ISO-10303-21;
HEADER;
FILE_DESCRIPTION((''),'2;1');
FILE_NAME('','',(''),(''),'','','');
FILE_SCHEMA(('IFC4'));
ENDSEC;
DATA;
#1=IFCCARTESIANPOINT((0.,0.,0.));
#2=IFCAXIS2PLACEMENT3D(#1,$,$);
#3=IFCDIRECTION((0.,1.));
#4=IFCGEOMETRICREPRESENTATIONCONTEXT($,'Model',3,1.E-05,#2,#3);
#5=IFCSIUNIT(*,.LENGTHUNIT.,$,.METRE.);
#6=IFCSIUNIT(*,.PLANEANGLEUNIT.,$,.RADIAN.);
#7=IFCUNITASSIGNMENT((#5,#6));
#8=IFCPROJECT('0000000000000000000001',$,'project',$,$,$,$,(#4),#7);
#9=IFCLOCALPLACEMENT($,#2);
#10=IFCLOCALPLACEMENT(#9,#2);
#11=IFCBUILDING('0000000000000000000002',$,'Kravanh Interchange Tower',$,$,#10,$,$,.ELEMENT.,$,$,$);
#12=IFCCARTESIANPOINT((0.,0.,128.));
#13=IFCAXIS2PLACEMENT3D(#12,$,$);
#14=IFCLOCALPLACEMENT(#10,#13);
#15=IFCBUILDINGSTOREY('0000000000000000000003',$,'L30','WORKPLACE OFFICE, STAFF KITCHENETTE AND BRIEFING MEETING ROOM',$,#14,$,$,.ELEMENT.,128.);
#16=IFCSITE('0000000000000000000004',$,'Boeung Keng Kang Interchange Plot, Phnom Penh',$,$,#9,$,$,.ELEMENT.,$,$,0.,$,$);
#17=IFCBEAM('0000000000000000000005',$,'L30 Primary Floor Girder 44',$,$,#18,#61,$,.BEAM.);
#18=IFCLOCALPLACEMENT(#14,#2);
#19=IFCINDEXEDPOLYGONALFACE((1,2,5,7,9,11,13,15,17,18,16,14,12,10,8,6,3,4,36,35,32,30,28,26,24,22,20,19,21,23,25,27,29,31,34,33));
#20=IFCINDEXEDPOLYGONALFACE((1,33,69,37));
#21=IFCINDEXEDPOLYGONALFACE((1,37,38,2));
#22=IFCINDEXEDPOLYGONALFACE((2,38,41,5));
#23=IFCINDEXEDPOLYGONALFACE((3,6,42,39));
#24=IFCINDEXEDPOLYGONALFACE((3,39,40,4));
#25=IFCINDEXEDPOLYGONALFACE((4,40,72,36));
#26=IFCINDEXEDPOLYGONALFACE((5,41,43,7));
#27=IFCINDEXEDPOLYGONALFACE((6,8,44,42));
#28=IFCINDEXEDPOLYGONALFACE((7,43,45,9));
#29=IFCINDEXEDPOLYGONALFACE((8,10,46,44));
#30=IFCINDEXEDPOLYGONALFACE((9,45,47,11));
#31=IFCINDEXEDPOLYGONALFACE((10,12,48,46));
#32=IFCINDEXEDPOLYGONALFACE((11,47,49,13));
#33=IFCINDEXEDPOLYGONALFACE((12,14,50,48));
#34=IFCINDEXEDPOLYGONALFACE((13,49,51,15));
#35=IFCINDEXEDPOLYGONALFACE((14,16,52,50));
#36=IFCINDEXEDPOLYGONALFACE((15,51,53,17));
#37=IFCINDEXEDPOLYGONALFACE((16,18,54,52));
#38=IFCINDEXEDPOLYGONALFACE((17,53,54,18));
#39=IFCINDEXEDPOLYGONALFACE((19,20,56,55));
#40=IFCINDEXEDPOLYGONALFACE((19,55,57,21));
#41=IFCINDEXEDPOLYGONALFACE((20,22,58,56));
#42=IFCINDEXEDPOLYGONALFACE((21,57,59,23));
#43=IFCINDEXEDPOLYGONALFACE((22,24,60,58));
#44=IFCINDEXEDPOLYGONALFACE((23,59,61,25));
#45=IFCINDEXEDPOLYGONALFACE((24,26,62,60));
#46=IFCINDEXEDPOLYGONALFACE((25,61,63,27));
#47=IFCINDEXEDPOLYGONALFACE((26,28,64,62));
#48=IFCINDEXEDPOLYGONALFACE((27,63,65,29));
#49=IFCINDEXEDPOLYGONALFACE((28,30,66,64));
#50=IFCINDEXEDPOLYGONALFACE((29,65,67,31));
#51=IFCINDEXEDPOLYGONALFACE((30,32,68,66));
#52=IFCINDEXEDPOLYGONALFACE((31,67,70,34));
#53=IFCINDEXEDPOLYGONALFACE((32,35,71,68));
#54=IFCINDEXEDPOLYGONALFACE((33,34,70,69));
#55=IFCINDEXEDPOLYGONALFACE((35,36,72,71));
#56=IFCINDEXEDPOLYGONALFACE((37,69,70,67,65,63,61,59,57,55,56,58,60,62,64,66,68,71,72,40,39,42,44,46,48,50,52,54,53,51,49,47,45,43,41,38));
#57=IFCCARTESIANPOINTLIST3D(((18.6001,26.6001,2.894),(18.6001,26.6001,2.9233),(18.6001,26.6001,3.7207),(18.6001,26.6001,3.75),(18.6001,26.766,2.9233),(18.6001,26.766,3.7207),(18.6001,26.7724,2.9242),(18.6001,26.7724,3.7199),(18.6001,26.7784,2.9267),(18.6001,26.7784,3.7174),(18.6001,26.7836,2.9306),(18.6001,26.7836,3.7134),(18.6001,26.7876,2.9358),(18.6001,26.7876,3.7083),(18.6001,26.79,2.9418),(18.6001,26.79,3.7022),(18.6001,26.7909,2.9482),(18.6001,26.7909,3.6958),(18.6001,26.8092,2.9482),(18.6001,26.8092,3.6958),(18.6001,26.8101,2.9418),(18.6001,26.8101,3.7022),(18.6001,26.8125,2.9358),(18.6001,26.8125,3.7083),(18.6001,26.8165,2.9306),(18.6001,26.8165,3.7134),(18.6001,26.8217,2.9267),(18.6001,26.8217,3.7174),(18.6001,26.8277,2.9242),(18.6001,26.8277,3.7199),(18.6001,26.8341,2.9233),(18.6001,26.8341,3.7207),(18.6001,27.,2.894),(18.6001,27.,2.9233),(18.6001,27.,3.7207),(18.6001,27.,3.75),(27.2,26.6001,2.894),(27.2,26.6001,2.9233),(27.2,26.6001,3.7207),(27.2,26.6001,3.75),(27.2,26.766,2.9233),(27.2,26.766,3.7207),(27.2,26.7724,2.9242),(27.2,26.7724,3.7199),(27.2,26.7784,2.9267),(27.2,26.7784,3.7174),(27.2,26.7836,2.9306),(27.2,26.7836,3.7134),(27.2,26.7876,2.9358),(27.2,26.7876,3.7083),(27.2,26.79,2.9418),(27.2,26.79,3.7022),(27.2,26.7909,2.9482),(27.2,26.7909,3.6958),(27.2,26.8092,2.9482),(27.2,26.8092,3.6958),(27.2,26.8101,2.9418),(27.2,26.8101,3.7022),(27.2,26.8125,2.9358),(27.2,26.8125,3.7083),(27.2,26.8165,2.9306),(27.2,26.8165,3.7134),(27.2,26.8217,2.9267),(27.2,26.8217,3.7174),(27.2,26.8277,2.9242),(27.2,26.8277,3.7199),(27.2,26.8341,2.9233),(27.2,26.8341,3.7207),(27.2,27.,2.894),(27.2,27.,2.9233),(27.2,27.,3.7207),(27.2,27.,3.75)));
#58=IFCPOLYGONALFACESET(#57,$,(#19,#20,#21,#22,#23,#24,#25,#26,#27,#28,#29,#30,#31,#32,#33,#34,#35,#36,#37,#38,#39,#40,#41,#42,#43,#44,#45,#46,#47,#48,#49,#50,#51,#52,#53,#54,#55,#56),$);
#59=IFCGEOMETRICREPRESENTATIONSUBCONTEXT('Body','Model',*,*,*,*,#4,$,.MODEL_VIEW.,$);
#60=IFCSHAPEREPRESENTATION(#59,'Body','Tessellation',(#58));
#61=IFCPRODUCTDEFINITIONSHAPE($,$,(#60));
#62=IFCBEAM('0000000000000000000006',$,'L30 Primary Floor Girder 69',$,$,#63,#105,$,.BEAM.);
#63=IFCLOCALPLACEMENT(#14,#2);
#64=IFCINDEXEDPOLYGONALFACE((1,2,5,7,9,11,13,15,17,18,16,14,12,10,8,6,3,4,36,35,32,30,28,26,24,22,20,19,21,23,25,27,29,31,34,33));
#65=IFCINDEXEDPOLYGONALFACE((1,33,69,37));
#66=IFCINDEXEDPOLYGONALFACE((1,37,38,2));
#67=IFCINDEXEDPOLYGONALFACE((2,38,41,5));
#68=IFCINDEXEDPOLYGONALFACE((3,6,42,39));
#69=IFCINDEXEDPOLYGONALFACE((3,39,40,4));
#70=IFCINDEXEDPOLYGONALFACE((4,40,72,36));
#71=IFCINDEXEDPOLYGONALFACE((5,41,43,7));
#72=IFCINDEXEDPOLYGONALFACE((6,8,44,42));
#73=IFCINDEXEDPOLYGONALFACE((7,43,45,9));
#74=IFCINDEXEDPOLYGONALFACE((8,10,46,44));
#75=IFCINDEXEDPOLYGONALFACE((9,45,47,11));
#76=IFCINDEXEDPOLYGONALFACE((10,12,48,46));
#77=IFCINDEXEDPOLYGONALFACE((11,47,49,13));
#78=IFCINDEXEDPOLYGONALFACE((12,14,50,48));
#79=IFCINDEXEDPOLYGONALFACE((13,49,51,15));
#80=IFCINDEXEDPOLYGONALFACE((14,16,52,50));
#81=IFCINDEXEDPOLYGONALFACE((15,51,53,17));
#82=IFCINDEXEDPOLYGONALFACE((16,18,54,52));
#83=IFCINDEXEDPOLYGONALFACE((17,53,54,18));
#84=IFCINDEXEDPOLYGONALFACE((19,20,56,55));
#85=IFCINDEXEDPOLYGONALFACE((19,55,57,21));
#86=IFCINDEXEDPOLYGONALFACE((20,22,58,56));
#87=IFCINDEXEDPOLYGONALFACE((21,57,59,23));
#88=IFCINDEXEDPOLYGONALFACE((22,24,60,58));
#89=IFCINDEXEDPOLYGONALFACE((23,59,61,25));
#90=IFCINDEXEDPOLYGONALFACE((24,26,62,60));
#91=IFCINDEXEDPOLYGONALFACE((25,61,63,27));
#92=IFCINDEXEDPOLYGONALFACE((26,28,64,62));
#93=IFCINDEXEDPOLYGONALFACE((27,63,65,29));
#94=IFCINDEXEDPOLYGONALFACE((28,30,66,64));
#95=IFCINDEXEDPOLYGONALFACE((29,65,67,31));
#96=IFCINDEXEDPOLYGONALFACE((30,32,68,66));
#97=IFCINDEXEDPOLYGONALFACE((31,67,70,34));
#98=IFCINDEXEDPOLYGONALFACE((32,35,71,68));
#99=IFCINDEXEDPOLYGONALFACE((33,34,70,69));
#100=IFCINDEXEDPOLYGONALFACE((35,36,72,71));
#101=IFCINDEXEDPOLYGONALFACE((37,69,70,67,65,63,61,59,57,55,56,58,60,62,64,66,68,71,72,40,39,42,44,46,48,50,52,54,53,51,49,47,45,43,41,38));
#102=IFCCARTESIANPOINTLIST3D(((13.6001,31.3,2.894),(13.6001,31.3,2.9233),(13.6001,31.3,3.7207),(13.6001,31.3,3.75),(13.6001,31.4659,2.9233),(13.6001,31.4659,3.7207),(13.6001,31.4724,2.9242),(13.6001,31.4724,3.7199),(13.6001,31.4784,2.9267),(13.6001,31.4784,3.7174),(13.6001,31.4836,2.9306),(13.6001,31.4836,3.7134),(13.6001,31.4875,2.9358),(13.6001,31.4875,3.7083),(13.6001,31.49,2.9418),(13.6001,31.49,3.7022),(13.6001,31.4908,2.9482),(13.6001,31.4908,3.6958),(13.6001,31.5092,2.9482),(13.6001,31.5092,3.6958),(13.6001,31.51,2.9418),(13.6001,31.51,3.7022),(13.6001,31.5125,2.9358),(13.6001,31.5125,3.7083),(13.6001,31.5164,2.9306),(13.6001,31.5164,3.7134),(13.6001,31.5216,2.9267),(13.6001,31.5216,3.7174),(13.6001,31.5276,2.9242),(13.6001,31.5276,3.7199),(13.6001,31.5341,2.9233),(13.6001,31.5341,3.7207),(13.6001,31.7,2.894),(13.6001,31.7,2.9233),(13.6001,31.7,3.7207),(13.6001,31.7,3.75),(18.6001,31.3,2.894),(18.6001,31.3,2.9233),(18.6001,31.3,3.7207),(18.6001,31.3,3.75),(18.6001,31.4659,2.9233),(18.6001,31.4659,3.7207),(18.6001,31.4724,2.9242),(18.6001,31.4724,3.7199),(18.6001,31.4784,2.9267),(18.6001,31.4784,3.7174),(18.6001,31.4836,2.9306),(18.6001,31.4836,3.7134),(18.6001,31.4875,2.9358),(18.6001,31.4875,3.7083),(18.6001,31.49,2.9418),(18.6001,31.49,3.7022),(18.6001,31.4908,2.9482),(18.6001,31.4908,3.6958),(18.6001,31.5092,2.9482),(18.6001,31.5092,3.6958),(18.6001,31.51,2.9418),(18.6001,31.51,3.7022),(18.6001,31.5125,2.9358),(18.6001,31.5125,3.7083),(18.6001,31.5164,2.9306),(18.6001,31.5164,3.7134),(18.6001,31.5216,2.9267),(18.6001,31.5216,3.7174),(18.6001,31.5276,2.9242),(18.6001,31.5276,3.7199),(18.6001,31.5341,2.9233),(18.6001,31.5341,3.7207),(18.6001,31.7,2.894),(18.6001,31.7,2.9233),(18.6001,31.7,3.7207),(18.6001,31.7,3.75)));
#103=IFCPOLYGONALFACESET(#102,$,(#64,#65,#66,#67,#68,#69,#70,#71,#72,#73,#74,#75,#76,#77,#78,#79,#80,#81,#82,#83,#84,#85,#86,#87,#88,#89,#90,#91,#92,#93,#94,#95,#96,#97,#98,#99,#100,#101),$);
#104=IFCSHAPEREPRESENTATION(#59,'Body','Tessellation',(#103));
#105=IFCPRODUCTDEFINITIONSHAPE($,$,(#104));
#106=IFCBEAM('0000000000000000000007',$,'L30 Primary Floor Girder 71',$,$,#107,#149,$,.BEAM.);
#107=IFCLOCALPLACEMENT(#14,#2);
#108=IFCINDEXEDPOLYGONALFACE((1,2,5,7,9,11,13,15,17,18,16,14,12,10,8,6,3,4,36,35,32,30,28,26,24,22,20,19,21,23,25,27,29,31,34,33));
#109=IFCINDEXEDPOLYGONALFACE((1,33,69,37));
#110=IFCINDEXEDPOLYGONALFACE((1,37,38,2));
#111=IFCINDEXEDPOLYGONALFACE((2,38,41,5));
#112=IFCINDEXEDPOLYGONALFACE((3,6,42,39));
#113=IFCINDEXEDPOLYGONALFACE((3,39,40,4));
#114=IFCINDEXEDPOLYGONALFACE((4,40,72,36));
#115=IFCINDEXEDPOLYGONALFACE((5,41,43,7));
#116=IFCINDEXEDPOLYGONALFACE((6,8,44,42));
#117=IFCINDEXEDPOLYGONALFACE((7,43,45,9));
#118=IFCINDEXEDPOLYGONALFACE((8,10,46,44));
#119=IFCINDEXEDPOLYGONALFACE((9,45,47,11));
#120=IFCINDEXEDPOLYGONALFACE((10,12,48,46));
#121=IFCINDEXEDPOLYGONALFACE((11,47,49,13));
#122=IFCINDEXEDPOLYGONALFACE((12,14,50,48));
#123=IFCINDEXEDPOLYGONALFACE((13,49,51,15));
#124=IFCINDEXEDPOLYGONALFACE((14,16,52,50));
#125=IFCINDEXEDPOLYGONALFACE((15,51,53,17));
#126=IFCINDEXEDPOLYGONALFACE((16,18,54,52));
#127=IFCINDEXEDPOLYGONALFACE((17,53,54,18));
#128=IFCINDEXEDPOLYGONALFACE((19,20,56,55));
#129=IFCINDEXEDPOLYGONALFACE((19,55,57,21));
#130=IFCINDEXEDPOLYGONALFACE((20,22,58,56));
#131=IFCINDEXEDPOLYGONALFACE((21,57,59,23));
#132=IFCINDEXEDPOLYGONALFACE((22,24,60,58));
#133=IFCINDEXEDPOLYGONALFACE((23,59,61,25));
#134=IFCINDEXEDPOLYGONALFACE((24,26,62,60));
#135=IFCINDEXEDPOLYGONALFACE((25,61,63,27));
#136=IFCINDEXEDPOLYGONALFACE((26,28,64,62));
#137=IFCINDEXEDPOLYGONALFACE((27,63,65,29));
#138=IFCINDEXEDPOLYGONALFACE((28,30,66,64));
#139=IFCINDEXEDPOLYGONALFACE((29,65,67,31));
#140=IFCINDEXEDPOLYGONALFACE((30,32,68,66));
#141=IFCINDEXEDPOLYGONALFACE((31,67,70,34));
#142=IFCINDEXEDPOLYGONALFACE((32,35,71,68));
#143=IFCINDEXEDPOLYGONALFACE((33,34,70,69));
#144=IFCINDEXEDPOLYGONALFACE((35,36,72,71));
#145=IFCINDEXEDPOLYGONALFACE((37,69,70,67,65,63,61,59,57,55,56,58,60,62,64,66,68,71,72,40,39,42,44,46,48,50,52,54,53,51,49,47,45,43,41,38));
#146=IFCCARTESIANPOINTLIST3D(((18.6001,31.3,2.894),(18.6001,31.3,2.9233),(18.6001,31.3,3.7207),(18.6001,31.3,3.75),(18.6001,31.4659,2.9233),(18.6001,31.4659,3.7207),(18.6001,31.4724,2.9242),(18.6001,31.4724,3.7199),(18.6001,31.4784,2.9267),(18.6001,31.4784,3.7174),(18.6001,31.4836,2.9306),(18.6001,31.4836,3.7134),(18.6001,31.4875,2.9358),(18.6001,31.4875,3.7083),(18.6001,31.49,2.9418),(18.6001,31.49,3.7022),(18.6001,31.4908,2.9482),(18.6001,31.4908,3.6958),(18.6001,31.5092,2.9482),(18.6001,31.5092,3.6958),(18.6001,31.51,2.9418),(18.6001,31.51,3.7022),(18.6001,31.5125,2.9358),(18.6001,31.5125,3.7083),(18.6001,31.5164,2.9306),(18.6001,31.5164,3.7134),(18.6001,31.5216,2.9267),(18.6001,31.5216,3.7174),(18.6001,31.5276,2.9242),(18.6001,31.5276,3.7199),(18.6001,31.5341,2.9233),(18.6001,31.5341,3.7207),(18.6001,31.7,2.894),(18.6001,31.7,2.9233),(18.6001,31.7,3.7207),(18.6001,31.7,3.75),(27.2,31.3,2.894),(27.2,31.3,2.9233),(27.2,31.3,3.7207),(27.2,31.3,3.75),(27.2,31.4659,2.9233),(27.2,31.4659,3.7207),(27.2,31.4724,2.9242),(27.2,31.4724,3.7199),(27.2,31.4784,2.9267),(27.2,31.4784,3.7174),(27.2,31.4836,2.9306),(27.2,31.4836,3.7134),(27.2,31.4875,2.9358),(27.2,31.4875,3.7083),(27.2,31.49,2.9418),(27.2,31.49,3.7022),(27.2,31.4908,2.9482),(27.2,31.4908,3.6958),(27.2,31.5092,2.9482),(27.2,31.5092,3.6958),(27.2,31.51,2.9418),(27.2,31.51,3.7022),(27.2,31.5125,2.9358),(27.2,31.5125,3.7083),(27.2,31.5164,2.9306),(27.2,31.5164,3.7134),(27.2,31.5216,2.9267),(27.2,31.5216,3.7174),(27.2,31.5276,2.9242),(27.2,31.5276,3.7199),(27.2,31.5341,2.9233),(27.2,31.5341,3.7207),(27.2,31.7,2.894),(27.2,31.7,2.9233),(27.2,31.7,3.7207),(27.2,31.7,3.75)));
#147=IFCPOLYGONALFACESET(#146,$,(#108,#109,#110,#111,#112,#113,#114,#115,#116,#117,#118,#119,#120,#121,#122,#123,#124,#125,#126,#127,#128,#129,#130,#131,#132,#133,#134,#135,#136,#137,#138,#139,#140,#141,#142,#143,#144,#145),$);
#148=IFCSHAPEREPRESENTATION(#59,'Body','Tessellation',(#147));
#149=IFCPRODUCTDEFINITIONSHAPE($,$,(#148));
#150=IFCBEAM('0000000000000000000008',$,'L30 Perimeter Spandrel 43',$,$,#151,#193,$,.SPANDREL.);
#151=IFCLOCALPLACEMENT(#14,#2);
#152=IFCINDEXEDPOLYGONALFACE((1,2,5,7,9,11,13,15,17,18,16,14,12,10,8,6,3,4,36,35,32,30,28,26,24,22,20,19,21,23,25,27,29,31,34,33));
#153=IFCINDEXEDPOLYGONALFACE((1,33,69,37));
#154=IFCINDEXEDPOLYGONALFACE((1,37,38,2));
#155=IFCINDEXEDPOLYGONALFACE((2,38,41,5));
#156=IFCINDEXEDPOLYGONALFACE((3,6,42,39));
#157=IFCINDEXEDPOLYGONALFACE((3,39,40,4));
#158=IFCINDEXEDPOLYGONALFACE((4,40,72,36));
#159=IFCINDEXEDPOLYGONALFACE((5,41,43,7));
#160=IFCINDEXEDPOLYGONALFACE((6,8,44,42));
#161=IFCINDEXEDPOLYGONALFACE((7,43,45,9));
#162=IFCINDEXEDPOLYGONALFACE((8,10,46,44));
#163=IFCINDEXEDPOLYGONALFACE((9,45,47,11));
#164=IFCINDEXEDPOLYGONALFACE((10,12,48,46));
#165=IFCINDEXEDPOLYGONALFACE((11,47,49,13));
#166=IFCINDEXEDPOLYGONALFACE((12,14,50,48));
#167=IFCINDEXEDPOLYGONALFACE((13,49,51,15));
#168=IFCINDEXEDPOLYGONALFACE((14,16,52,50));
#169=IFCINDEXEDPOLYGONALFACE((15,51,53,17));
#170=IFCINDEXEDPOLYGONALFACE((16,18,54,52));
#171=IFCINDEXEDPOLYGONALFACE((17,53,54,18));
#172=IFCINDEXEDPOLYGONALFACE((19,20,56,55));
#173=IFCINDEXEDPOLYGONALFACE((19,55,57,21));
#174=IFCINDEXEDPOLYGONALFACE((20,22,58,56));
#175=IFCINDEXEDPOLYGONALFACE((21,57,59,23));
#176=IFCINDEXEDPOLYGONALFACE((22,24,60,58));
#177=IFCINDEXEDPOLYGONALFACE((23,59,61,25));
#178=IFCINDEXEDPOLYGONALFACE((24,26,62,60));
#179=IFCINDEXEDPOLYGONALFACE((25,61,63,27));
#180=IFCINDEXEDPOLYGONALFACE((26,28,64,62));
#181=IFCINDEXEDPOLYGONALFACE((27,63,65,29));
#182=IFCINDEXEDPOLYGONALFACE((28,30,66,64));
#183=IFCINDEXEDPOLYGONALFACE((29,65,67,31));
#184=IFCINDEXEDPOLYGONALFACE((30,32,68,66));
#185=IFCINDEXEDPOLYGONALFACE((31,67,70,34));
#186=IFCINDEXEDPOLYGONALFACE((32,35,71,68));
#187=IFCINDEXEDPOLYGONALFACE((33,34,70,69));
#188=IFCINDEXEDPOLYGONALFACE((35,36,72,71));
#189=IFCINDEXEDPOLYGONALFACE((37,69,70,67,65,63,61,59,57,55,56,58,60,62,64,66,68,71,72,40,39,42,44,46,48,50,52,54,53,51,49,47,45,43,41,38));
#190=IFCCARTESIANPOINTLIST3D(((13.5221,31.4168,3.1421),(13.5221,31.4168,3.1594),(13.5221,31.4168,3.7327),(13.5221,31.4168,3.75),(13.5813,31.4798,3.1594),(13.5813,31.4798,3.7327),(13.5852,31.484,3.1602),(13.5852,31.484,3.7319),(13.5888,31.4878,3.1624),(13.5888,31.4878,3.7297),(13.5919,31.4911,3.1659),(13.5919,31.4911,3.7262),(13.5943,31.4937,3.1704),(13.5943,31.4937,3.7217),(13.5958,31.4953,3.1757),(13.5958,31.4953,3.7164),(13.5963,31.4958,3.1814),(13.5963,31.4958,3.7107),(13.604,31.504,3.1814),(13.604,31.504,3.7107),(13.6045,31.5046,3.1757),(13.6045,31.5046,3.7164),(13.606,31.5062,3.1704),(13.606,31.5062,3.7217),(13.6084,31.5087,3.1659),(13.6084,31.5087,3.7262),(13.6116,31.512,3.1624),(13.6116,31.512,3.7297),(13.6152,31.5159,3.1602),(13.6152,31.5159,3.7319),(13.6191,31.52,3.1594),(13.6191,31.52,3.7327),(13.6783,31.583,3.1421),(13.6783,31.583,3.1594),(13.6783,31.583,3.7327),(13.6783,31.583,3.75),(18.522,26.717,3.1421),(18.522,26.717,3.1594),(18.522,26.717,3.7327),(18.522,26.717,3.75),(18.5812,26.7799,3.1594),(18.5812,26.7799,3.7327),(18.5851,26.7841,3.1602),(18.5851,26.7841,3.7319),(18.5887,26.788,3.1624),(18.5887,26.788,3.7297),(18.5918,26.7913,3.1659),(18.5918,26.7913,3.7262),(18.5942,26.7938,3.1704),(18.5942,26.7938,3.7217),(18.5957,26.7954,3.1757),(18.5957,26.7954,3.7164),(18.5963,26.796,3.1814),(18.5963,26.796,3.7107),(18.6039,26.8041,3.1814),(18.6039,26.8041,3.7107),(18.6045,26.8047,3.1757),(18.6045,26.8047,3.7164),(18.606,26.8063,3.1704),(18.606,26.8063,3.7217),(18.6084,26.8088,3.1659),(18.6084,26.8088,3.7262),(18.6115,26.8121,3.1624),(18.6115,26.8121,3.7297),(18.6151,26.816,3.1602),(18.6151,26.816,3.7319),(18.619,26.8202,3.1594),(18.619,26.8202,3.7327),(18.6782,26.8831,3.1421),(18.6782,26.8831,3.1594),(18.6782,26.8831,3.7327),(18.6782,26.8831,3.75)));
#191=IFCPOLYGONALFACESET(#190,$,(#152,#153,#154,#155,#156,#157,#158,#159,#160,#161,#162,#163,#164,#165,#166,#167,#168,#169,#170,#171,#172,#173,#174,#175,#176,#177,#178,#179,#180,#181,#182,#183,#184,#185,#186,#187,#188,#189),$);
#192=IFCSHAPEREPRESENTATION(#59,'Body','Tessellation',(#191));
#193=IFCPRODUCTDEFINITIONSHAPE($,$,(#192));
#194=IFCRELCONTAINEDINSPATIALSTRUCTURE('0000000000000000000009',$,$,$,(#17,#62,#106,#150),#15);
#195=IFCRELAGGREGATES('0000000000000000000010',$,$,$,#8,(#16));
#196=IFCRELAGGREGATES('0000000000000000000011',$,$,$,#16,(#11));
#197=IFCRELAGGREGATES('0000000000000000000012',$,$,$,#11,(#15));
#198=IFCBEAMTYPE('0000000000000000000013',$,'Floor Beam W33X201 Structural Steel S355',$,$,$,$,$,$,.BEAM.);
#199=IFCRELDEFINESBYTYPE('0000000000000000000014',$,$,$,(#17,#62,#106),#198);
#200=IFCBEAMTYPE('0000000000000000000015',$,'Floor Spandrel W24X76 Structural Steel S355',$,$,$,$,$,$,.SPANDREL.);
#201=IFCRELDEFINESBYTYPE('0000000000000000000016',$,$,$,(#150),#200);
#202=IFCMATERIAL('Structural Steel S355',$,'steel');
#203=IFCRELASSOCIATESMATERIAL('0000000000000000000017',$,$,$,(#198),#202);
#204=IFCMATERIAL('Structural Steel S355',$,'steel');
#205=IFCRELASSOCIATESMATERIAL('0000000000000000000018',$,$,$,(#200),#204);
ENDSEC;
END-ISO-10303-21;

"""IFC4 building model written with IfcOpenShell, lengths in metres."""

from ifc_helpers import new_model, si_unit, direction, frame, origin, origin_2d, place, context, subcontext, project, spatial, i_section, extrude, material, material_profile, profile_set, type_object, element, save


model = new_model("IFC4")

# Units and contexts
model_context = context("Model", 3, precision=1e-05, world=origin(), true_north=direction((0.0, 1.0)))
body_context = subcontext(model_context, "Body", "Model", "MODEL_VIEW")
ifc_project = project(units=[si_unit("LENGTHUNIT", "METRE"), si_unit("PLANEANGLEUNIT", "RADIAN")], contexts=[model_context])

# Site, building, storey
site_placement = place(None, origin())
site = spatial("IfcSite", under=ifc_project, at=site_placement, Name="Boeung Keng Kang Interchange Plot, Phnom Penh", CompositionType="ELEMENT", RefElevation=0.0)
building_placement = place(site_placement, origin())
building = spatial("IfcBuilding", under=site, at=building_placement, Name="Kravanh Interchange Tower", CompositionType="ELEMENT")
storey_placement = place(building_placement, frame((0.0, 0.0, 128.0)))
storey = spatial("IfcBuildingStorey", under=building, at=storey_placement, Name="L30", Description="WORKPLACE OFFICE, STAFF KITCHENETTE AND BRIEFING MEETING ROOM", CompositionType="ELEMENT", Elevation=128.0)

# Beams
ifc_material_1 = material(Name="Structural Steel S355", Category="steel")
ifc_material_profile_1 = material_profile(ifc_material_1, i_section(OverallWidth=0.3999, OverallDepth=0.856, WebThickness=0.0183, FlangeThickness=0.0293, FilletRadius=0.0249, at=origin_2d()), Name="W33X201")
ifc_profile_set_1 = profile_set([ifc_material_profile_1], Name="Structural Steel S355")
beam_type_1 = type_object("IfcBeamType", Name="Floor Beam W33X201 Structural Steel S355", PredefinedType="BEAM", material=ifc_profile_set_1)
beam_1_placement = place(storey_placement, frame((18.6001, 26.8, 3.322), z_axis=(1.0, 0.0, 0.0), x_axis=(0.0, 1.0, 0.0)))
element("IfcBeam", 1, at=beam_1_placement, inside=storey, type_object=beam_type_1, Name="L30 Primary Floor Girder 44", PredefinedType="BEAM", context=body_context, shape_type="SweptSolid", body=[
    extrude(i_section(OverallWidth=0.3999, OverallDepth=0.856, WebThickness=0.0183, FlangeThickness=0.0293, FilletRadius=0.0249, at=origin_2d()), origin(), (0.0, 0.0, 1.0), 8.5999),
])
beam_2_placement = place(storey_placement, frame((13.6001, 31.5, 3.322), z_axis=(1.0, 0.0, 0.0), x_axis=(0.0, 1.0, 0.0)))
element("IfcBeam", 2, at=beam_2_placement, inside=storey, type_object=beam_type_1, Name="L30 Primary Floor Girder 69", PredefinedType="BEAM", context=body_context, shape_type="SweptSolid", body=[
    extrude(i_section(OverallWidth=0.3999, OverallDepth=0.856, WebThickness=0.0183, FlangeThickness=0.0293, FilletRadius=0.0249, at=origin_2d()), origin(), (0.0, 0.0, 1.0), 5.0),
])
beam_3_placement = place(storey_placement, frame((18.6001, 31.5, 3.322), z_axis=(1.0, 0.0, 0.0), x_axis=(0.0, 1.0, 0.0)))
element("IfcBeam", 3, at=beam_3_placement, inside=storey, type_object=beam_type_1, Name="L30 Primary Floor Girder 71", PredefinedType="BEAM", context=body_context, shape_type="SweptSolid", body=[
    extrude(i_section(OverallWidth=0.3999, OverallDepth=0.856, WebThickness=0.0183, FlangeThickness=0.0293, FilletRadius=0.0249, at=origin_2d()), origin(), (0.0, 0.0, 1.0), 8.5999),
])
ifc_material_2 = material(Name="Structural Steel S355", Category="steel")
ifc_material_profile_2 = material_profile(ifc_material_2, i_section(OverallWidth=0.228, OverallDepth=0.6079, WebThickness=0.0112, FlangeThickness=0.0173, FilletRadius=0.022, at=origin_2d()), Name="W24X76")
ifc_profile_set_2 = profile_set([ifc_material_profile_2], Name="Structural Steel S355")
beam_type_2 = type_object("IfcBeamType", Name="Floor Spandrel W24X76 Structural Steel S355", PredefinedType="SPANDREL", material=ifc_profile_set_2)
beam_4_placement = place(storey_placement, frame((18.6001, 26.8, 3.446), z_axis=(-0.728631, 0.684906, 0.0), x_axis=(-0.684906, -0.728631, 0.0)))
element("IfcBeam", 4, at=beam_4_placement, inside=storey, type_object=beam_type_2, Name="L30 Perimeter Spandrel 43", PredefinedType="SPANDREL", context=body_context, shape_type="SweptSolid", body=[
    extrude(i_section(OverallWidth=0.228, OverallDepth=0.6079, WebThickness=0.0112, FlangeThickness=0.0173, FilletRadius=0.022, at=origin_2d()), origin(), (0.0, 0.0, 1.0), 6.8621),
])

save(model, "model.ifc")
